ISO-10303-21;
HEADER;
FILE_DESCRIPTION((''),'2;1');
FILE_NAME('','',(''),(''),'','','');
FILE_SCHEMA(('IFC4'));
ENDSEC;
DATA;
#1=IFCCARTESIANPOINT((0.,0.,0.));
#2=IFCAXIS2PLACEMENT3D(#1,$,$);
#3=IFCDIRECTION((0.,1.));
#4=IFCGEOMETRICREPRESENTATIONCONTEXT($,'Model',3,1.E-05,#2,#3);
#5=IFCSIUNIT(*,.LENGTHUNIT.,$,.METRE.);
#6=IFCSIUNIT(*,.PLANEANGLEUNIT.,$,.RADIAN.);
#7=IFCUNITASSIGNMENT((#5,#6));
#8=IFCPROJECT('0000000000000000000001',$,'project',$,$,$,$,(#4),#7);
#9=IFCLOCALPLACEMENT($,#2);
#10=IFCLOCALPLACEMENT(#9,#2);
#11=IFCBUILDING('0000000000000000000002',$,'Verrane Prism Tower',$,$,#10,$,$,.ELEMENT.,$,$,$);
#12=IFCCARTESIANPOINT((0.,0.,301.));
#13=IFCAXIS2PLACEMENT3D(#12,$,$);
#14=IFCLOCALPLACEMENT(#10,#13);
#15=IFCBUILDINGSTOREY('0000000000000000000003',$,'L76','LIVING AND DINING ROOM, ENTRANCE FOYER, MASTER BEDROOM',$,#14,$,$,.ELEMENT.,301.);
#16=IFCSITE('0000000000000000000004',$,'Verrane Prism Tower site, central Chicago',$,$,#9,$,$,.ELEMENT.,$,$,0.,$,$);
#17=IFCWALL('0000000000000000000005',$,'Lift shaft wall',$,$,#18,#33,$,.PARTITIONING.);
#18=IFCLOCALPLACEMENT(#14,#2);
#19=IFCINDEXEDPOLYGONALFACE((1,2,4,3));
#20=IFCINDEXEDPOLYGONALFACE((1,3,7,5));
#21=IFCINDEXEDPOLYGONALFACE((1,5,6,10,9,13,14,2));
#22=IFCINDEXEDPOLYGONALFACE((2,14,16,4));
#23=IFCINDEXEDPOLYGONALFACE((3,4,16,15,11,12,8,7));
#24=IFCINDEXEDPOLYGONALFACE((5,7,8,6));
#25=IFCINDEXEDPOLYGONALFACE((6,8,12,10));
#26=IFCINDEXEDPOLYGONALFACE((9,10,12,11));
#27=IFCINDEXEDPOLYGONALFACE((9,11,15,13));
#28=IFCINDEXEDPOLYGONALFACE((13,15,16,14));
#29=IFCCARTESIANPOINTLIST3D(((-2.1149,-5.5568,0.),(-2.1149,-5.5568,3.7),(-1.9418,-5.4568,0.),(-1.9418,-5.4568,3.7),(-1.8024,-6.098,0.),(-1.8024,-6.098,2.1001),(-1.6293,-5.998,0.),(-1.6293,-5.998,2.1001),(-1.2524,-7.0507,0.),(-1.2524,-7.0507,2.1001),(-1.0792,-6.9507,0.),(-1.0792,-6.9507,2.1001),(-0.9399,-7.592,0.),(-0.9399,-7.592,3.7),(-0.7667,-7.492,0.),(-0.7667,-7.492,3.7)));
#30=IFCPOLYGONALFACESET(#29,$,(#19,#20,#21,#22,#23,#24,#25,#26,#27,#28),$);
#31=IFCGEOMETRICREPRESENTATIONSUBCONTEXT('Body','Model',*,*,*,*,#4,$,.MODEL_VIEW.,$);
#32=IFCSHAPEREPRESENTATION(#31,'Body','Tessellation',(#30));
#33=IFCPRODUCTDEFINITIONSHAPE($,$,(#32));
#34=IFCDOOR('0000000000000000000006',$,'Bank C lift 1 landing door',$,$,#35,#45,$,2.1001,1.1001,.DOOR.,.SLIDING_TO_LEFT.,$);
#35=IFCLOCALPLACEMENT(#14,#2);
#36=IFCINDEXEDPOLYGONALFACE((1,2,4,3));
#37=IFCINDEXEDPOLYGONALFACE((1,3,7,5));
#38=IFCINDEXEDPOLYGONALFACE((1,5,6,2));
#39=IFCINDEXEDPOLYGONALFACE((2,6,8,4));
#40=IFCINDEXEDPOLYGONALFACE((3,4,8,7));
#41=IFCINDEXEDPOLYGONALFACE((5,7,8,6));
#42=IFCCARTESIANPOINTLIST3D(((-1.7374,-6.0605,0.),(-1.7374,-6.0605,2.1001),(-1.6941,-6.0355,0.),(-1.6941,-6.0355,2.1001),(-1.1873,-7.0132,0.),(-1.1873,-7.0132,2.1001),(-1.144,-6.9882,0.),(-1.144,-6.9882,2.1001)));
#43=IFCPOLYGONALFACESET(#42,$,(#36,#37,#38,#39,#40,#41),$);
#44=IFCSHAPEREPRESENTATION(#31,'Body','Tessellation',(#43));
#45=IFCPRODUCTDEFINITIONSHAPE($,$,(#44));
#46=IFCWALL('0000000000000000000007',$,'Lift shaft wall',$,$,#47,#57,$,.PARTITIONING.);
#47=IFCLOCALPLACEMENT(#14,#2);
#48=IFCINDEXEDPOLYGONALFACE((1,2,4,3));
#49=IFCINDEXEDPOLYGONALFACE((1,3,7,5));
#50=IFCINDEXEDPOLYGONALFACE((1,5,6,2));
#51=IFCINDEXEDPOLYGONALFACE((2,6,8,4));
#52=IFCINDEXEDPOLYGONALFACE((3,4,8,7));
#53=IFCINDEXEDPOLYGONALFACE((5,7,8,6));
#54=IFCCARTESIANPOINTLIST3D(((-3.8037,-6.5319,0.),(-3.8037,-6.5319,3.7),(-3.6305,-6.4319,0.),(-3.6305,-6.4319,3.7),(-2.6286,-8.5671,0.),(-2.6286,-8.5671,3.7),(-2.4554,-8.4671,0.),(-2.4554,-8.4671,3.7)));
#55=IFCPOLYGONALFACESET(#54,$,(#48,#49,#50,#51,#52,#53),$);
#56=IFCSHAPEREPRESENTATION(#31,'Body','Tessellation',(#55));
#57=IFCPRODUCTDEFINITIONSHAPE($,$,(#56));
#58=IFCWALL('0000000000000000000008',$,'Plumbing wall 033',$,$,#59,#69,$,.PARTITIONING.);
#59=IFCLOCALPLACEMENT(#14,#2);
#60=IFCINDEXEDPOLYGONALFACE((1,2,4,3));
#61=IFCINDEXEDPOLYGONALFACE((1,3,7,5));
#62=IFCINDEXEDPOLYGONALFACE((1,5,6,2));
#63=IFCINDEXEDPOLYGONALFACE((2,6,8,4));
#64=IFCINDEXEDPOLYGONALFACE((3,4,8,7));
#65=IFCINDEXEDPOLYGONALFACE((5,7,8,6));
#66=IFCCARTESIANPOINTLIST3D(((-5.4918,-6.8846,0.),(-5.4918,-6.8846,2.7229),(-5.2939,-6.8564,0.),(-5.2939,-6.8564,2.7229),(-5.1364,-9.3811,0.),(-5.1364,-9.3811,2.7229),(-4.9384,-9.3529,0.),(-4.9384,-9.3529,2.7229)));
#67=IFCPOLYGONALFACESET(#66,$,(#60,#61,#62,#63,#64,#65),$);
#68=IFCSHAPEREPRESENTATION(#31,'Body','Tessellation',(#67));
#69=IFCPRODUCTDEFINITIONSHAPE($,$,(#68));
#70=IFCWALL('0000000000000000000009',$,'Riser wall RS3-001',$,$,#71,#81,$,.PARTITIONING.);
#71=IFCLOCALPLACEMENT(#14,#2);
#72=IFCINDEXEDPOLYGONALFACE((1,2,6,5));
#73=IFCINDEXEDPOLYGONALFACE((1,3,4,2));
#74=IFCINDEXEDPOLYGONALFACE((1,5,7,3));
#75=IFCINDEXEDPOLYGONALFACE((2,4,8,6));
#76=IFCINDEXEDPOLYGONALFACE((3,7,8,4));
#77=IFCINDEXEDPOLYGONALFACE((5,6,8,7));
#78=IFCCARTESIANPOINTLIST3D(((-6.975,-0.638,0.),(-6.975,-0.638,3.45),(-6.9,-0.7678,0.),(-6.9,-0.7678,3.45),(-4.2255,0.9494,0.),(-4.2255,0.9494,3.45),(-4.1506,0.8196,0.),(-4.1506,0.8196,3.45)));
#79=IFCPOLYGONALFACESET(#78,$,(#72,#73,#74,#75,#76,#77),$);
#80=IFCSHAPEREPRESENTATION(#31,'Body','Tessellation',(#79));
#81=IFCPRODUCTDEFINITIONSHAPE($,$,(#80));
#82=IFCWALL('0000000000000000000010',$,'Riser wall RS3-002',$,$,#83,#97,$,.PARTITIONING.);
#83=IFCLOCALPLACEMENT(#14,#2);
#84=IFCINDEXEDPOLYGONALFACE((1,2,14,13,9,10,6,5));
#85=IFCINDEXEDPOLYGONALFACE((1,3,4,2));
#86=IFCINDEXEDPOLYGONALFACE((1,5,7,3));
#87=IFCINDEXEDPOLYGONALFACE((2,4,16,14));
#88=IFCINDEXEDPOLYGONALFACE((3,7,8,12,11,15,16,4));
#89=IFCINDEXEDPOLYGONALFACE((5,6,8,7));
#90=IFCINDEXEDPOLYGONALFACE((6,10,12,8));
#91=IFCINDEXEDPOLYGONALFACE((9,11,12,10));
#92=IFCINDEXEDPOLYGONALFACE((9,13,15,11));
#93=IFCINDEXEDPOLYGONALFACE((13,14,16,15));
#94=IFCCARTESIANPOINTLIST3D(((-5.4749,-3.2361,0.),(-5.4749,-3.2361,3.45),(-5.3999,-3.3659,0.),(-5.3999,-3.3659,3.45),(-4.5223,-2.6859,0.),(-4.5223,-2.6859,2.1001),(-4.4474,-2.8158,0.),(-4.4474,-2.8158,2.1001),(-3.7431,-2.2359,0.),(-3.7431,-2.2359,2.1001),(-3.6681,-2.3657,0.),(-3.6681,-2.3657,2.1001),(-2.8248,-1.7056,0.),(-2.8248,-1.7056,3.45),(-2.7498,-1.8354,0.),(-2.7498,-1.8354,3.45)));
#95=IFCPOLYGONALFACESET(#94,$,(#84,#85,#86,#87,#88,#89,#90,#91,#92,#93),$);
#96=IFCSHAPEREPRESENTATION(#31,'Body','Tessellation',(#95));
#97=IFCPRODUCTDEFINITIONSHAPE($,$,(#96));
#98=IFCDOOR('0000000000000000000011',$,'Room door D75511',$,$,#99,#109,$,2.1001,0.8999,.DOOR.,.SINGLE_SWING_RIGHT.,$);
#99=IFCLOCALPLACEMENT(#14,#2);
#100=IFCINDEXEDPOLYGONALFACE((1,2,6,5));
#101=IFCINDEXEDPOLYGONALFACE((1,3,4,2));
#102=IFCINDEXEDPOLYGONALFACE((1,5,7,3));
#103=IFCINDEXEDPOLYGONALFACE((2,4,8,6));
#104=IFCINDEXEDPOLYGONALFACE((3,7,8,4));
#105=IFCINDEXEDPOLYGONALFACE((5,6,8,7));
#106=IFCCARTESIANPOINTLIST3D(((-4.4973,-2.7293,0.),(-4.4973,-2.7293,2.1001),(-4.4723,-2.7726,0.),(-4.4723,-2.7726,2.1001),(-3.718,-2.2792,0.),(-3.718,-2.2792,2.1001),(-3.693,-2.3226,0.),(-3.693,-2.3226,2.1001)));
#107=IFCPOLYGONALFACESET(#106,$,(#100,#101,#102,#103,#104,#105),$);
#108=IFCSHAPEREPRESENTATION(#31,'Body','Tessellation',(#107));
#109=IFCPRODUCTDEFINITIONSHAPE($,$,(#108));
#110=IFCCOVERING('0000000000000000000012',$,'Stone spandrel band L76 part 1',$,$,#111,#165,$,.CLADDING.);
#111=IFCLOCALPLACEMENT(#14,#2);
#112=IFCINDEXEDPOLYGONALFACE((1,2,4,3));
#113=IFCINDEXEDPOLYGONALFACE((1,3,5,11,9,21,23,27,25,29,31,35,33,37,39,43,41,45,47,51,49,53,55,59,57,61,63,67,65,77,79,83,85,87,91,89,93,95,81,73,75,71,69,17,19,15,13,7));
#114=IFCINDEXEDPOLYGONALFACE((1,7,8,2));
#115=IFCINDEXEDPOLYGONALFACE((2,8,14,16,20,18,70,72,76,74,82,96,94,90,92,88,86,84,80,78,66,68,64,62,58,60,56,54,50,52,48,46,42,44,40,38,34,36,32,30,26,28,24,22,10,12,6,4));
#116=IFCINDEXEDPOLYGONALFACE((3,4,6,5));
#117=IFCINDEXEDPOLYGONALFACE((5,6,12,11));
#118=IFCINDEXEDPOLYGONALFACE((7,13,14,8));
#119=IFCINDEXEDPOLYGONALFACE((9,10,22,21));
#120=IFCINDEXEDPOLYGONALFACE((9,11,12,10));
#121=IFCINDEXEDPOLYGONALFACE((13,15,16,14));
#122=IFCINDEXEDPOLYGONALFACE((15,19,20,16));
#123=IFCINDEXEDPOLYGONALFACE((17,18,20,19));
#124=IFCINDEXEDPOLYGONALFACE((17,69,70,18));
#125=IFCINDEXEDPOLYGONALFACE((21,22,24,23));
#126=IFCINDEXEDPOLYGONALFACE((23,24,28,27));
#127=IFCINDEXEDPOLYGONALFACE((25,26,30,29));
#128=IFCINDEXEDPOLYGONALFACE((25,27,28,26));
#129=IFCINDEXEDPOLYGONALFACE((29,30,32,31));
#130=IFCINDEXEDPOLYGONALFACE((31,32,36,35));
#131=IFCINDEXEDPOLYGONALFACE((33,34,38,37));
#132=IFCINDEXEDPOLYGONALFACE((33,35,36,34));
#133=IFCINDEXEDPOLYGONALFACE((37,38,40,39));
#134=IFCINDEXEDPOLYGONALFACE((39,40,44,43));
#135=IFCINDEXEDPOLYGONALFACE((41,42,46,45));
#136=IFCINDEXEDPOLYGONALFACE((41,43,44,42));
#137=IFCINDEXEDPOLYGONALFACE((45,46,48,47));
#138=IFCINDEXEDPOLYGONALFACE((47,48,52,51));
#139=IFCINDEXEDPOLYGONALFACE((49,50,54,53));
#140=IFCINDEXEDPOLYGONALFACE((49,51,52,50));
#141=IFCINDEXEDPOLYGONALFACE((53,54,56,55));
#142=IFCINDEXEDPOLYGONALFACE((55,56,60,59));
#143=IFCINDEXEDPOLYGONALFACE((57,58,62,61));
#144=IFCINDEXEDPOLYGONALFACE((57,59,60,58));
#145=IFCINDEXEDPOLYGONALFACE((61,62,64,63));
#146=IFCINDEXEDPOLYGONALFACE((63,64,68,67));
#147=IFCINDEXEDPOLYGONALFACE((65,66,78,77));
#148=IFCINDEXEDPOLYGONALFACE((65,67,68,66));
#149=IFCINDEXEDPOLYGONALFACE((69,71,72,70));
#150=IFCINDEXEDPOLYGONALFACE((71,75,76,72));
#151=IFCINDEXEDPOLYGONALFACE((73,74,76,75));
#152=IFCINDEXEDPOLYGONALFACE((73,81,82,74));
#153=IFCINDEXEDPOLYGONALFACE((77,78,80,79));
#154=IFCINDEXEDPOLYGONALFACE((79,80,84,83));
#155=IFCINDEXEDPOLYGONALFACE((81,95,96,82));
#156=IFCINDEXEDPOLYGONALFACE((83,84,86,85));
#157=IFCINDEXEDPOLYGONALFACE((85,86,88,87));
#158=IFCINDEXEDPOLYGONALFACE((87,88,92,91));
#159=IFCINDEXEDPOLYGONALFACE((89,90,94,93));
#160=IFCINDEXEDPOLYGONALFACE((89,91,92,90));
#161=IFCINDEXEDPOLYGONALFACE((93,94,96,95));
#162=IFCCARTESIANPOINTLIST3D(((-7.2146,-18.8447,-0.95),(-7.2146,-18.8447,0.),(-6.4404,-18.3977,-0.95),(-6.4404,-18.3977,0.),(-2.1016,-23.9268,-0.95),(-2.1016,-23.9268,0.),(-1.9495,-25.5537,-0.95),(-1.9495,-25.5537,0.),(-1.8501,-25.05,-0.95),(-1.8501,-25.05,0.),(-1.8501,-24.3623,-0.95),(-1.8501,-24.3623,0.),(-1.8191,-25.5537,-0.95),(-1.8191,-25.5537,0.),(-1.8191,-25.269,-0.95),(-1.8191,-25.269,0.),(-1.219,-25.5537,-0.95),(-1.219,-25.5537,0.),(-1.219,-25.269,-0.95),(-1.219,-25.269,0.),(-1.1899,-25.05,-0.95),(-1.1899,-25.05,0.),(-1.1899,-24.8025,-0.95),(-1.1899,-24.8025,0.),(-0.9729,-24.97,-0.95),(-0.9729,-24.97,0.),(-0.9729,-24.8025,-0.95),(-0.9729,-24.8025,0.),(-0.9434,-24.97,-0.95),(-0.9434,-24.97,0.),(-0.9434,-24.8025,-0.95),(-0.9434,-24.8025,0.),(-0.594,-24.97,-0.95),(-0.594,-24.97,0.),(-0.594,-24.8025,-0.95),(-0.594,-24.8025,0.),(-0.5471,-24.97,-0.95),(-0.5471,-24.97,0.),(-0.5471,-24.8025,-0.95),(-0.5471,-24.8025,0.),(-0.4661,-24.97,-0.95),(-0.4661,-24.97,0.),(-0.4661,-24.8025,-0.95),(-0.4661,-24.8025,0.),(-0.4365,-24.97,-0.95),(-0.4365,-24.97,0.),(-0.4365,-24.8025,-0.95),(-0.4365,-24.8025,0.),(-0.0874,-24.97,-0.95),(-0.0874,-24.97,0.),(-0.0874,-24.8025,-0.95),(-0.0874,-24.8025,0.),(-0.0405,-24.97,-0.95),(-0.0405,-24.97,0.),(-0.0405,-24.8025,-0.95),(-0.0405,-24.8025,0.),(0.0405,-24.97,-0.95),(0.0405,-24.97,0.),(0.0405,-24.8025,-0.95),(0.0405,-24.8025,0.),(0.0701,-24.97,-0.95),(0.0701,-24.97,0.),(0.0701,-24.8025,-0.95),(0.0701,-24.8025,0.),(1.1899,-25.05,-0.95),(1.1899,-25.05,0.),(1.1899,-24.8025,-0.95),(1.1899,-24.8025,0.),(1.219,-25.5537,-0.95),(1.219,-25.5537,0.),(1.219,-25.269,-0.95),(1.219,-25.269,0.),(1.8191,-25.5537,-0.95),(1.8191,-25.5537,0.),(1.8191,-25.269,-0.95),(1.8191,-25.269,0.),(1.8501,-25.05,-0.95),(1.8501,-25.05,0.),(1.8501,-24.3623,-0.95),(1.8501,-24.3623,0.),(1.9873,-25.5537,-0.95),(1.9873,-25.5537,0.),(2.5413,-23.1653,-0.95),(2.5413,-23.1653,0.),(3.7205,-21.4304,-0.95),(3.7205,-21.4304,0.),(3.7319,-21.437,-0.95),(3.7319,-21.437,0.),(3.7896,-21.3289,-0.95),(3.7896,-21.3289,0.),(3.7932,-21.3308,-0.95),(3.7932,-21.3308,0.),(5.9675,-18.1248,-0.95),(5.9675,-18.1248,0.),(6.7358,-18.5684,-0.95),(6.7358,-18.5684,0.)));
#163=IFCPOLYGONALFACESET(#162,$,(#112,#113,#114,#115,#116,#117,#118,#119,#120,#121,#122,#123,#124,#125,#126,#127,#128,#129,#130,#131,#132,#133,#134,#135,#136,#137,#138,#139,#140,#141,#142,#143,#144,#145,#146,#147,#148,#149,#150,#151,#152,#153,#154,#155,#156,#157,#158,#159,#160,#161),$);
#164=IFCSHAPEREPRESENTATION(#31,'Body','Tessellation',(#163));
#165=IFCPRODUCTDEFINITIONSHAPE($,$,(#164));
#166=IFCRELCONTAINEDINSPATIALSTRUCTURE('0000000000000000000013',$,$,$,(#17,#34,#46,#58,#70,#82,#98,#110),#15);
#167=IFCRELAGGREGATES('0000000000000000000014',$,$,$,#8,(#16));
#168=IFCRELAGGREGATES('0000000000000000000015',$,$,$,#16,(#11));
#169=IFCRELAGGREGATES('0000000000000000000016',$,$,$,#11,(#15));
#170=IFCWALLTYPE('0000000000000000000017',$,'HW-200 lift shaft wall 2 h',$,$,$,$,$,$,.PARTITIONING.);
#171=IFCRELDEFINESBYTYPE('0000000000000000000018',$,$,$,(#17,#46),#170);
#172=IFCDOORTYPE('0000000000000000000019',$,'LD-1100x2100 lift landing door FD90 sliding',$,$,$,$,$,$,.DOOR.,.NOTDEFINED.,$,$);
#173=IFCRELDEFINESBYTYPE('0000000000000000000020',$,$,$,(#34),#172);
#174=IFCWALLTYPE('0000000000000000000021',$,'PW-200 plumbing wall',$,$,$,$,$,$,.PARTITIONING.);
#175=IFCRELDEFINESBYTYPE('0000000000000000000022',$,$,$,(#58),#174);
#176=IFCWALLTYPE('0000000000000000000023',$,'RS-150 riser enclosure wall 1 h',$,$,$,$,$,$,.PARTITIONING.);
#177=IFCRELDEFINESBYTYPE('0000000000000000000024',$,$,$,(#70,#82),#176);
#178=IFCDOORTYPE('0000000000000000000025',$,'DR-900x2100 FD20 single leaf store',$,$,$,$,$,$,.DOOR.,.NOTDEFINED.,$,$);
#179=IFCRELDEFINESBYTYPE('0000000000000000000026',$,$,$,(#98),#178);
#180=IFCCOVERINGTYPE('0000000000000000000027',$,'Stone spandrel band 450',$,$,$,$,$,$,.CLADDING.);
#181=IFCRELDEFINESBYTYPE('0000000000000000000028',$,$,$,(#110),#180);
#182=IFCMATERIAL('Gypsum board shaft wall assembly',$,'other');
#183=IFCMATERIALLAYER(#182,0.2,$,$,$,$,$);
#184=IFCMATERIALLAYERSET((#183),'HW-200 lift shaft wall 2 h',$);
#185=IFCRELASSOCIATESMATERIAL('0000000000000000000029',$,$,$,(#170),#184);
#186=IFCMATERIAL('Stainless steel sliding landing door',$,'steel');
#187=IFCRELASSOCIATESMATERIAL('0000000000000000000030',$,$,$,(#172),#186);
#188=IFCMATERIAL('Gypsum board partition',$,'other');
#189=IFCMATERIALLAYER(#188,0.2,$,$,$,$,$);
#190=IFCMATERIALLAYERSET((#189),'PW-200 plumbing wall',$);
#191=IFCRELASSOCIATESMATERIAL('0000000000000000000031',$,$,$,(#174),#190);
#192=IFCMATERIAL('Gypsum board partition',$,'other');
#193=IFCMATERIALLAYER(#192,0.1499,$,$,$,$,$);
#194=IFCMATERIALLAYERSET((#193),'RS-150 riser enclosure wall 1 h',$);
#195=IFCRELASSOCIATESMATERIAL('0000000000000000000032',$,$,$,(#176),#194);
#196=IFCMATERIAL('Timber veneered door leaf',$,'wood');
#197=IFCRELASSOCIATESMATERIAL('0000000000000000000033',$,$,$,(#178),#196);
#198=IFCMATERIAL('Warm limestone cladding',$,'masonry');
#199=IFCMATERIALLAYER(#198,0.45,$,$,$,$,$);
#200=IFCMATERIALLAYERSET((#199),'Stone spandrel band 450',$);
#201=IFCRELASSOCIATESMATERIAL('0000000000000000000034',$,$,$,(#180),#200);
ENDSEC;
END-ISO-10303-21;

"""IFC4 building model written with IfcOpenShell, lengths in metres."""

from ifc_helpers import new_model, si_unit, direction, frame, frame_2d, origin, place, context, subcontext, project, spatial, polyline, rectangle, outline, extrude, material, layer, layer_set, type_object, element, fill, save


model = new_model("IFC4")

# Units and contexts
model_context = context("Model", 3, precision=1e-05, world=origin(), true_north=direction((0.0, 1.0)))
body_context = subcontext(model_context, "Body", "Model", "MODEL_VIEW")
ifc_project = project(units=[si_unit("LENGTHUNIT", "METRE"), si_unit("PLANEANGLEUNIT", "RADIAN")], contexts=[model_context])

# Site, building, storey
site_placement = place(None, origin())
site = spatial("IfcSite", under=ifc_project, at=site_placement, Name="Verrane Prism Tower site, central Chicago", CompositionType="ELEMENT", RefElevation=0.0)
building_placement = place(site_placement, origin())
building = spatial("IfcBuilding", under=site, at=building_placement, Name="Verrane Prism Tower", CompositionType="ELEMENT")
storey_placement = place(building_placement, frame((0.0, 0.0, 301.0)))
storey = spatial("IfcBuildingStorey", under=building, at=storey_placement, Name="L76", Description="LIVING AND DINING ROOM, ENTRANCE FOYER, MASTER BEDROOM", CompositionType="ELEMENT", Elevation=301.0)

# Shared definitions
ifc_material_1 = material(Name="Gypsum board shaft wall assembly", Category="other")
ifc_layer_1 = layer(ifc_material_1, 0.2)
ifc_layer_set_1 = layer_set([ifc_layer_1], Name="HW-200 lift shaft wall 2 h")
wall_type_1 = type_object("IfcWallType", Name="HW-200 lift shaft wall 2 h", PredefinedType="PARTITIONING", material=ifc_layer_set_1)
ifc_material_2 = material(Name="Stainless steel sliding landing door", Category="steel")
door_type_1 = type_object("IfcDoorType", Name="LD-1100x2100 lift landing door FD90 sliding", OperationType="NOTDEFINED", PredefinedType="DOOR", material=ifc_material_2)

# Wall, opening, door
wall_1_placement = place(storey_placement, frame((-0.8533, -7.542, 0.0), z_axis=(0.0, 0.0, 1.0), x_axis=(-0.500016, 0.866016, 0.0)))
wall_1 = element("IfcWall", 1, at=wall_1_placement, inside=storey, type_object=wall_type_1, Name="Lift shaft wall", PredefinedType="PARTITIONING", context=body_context, shape_type="SweptSolid", body=[
    extrude(rectangle(XDim=2.3501, YDim=0.2, at=frame_2d((1.175, 0.0))), origin(), (0.0, 0.0, 1.0), 3.7),
])
opening_1_placement = place(wall_1_placement, frame((0.625, 0.0, 0.0)))
opening_1 = element("IfcOpeningElement", 2, at=opening_1_placement, cuts=wall_1, PredefinedType="OPENING", context=body_context, shape_type="SweptSolid", body=[
    extrude(rectangle(XDim=1.1001, YDim=2.1001, at=frame_2d((0.55, 1.05))), frame((0.0, 0.1099, 0.0), z_axis=(0.0, -1.0, 0.0), x_axis=(1.0, 0.0, 0.0)), (0.0, 0.0, 1.0), 0.22),
])
door_1_placement = place(opening_1_placement, origin())
door_1 = element("IfcDoor", 3, at=door_1_placement, inside=storey, type_object=door_type_1, Name="Bank C lift 1 landing door", OperationType="SLIDING_TO_LEFT", OverallHeight=2.1001, OverallWidth=1.1001, PredefinedType="DOOR", context=body_context, shape_type="SweptSolid", body=[
    extrude(rectangle(XDim=1.1001, YDim=2.1001, at=frame_2d((0.55, 1.05))), frame((0.0, 0.0249, 0.0), z_axis=(0.0, -1.0, 0.0), x_axis=(1.0, 0.0, 0.0)), (0.0, 0.0, 1.0), 0.05),
])
fill(opening_1, door_1)

# Walls
wall_2_placement = place(storey_placement, frame((-2.542, -8.5171, 0.0), z_axis=(0.0, 0.0, 1.0), x_axis=(-0.500016, 0.866016, 0.0)))
element("IfcWall", 4, at=wall_2_placement, inside=storey, type_object=wall_type_1, Name="Lift shaft wall", PredefinedType="PARTITIONING", context=body_context, shape_type="SweptSolid", body=[
    extrude(rectangle(XDim=2.3501, YDim=0.2, at=frame_2d((1.175, 0.0))), origin(), (0.0, 0.0, 1.0), 3.7),
])
ifc_material_3 = material(Name="Gypsum board partition", Category="other")
ifc_layer_2 = layer(ifc_material_3, 0.2)
ifc_layer_set_2 = layer_set([ifc_layer_2], Name="PW-200 plumbing wall")
wall_type_2 = type_object("IfcWallType", Name="PW-200 plumbing wall", PredefinedType="PARTITIONING", material=ifc_layer_set_2)
wall_3_placement = place(storey_placement, frame((-5.3928, -6.8706, 0.0), z_axis=(0.0, 0.0, 1.0), x_axis=(0.140961, -0.990015, 0.0)))
element("IfcWall", 5, at=wall_3_placement, inside=storey, type_object=wall_type_2, Name="Plumbing wall 033", PredefinedType="PARTITIONING", context=body_context, shape_type="SweptSolid", body=[
    extrude(rectangle(XDim=2.5217, YDim=0.2, at=frame_2d((1.2607, 0.0))), origin(), (0.0, 0.0, 1.0), 2.7229),
])
ifc_material_4 = material(Name="Gypsum board partition", Category="other")
ifc_layer_3 = layer(ifc_material_4, 0.1499)
ifc_layer_set_3 = layer_set([ifc_layer_3], Name="RS-150 riser enclosure wall 1 h")
wall_type_3 = type_object("IfcWallType", Name="RS-150 riser enclosure wall 1 h", PredefinedType="PARTITIONING", material=ifc_layer_set_3)
wall_4_placement = place(storey_placement, frame((-6.9375, -0.7029, 0.0), z_axis=(0.0, 0.0, 1.0), x_axis=(0.866029, 0.499993, 0.0)))
element("IfcWall", 6, at=wall_4_placement, inside=storey, type_object=wall_type_3, Name="Riser wall RS3-001", PredefinedType="PARTITIONING", context=body_context, shape_type="SweptSolid", body=[
    extrude(rectangle(XDim=3.1748, YDim=0.1499, at=frame_2d((1.5874, 0.0))), origin(), (0.0, 0.0, 1.0), 3.45),
])

# Wall, opening, door
wall_5_placement = place(storey_placement, frame((-5.4375, -3.301, 0.0), z_axis=(0.0, 0.0, 1.0), x_axis=(0.865961, 0.500111, 0.0)))
wall_5 = element("IfcWall", 7, at=wall_5_placement, inside=storey, type_object=wall_type_3, Name="Riser wall RS3-002", PredefinedType="PARTITIONING", context=body_context, shape_type="SweptSolid", body=[
    extrude(rectangle(XDim=3.0603, YDim=0.1499, at=frame_2d((1.5303, 0.0))), origin(), (0.0, 0.0, 1.0), 3.45),
])
opening_2_placement = place(wall_5_placement, frame((1.1001, 0.0, 0.0)))
opening_2 = element("IfcOpeningElement", 8, at=opening_2_placement, cuts=wall_5, PredefinedType="OPENING", context=body_context, shape_type="SweptSolid", body=[
    extrude(rectangle(XDim=0.8999, YDim=2.1001, at=frame_2d((0.45, 1.05))), frame((0.0, 0.085, 0.0), z_axis=(0.0, -1.0, 0.0), x_axis=(1.0, 0.0, 0.0)), (0.0, 0.0, 1.0), 0.1699),
])
ifc_material_5 = material(Name="Timber veneered door leaf", Category="wood")
door_type_2 = type_object("IfcDoorType", Name="DR-900x2100 FD20 single leaf store", OperationType="NOTDEFINED", PredefinedType="DOOR", material=ifc_material_5)
door_2_placement = place(opening_2_placement, origin())
door_2 = element("IfcDoor", 9, at=door_2_placement, inside=storey, type_object=door_type_2, Name="Room door D75511", OperationType="SINGLE_SWING_RIGHT", OverallHeight=2.1001, OverallWidth=0.8999, PredefinedType="DOOR", context=body_context, shape_type="SweptSolid", body=[
    extrude(rectangle(XDim=0.8999, YDim=2.1001, at=frame_2d((0.45, 1.05))), frame((0.0, 0.0249, 0.0), z_axis=(0.0, -1.0, 0.0), x_axis=(1.0, 0.0, 0.0)), (0.0, 0.0, 1.0), 0.05),
])
fill(opening_2, door_2)

# Covering
ifc_material_6 = material(Name="Warm limestone cladding", Category="masonry")
ifc_layer_4 = layer(ifc_material_6, 0.45)
ifc_layer_set_4 = layer_set([ifc_layer_4], Name="Stone spandrel band 450")
covering_type = type_object("IfcCoveringType", Name="Stone spandrel band 450", PredefinedType="CLADDING", material=ifc_layer_set_4)
covering_1_placement = place(storey_placement, frame((0.0, 0.0, -0.95)))
element("IfcCovering", 10, at=covering_1_placement, inside=storey, type_object=covering_type, Name="Stone spandrel band L76 part 1", PredefinedType="CLADDING", context=body_context, shape_type="SweptSolid", body=[
    extrude(outline(polyline([(1.9873, -25.5537), (6.7358, -18.5684), (5.9675, -18.1248), (3.7896, -21.3289), (3.7932, -21.3308), (3.7319, -21.437), (3.7205, -21.4304), (2.5413, -23.1653), (1.8501, -24.3623), (1.8501, -25.05), (1.1899, -25.05), (1.1899, -24.8025), (0.0701, -24.8025), (0.0701, -24.97), (0.0405, -24.97), (0.0405, -24.8025), (-0.0405, -24.8025), (-0.0405, -24.97), (-0.0874, -24.97), (-0.0874, -24.8025), (-0.4365, -24.8025), (-0.4365, -24.97), (-0.4661, -24.97), (-0.4661, -24.8025), (-0.5471, -24.8025), (-0.5471, -24.97), (-0.594, -24.97), (-0.594, -24.8025), (-0.9434, -24.8025), (-0.9434, -24.97), (-0.9729, -24.97), (-0.9729, -24.8025), (-1.1899, -24.8025), (-1.1899, -25.05), (-1.8501, -25.05), (-1.8501, -24.3623), (-2.1016, -23.9268), (-6.4404, -18.3977), (-7.2146, -18.8447), (-1.9495, -25.5537), (-1.8191, -25.5537), (-1.8191, -25.269), (-1.219, -25.269), (-1.219, -25.5537), (1.219, -25.5537), (1.219, -25.269), (1.8191, -25.269), (1.8191, -25.5537), (1.9873, -25.5537)])), origin(), (0.0, 0.0, 1.0), 0.95),
])

save(model, "model.ifc")
